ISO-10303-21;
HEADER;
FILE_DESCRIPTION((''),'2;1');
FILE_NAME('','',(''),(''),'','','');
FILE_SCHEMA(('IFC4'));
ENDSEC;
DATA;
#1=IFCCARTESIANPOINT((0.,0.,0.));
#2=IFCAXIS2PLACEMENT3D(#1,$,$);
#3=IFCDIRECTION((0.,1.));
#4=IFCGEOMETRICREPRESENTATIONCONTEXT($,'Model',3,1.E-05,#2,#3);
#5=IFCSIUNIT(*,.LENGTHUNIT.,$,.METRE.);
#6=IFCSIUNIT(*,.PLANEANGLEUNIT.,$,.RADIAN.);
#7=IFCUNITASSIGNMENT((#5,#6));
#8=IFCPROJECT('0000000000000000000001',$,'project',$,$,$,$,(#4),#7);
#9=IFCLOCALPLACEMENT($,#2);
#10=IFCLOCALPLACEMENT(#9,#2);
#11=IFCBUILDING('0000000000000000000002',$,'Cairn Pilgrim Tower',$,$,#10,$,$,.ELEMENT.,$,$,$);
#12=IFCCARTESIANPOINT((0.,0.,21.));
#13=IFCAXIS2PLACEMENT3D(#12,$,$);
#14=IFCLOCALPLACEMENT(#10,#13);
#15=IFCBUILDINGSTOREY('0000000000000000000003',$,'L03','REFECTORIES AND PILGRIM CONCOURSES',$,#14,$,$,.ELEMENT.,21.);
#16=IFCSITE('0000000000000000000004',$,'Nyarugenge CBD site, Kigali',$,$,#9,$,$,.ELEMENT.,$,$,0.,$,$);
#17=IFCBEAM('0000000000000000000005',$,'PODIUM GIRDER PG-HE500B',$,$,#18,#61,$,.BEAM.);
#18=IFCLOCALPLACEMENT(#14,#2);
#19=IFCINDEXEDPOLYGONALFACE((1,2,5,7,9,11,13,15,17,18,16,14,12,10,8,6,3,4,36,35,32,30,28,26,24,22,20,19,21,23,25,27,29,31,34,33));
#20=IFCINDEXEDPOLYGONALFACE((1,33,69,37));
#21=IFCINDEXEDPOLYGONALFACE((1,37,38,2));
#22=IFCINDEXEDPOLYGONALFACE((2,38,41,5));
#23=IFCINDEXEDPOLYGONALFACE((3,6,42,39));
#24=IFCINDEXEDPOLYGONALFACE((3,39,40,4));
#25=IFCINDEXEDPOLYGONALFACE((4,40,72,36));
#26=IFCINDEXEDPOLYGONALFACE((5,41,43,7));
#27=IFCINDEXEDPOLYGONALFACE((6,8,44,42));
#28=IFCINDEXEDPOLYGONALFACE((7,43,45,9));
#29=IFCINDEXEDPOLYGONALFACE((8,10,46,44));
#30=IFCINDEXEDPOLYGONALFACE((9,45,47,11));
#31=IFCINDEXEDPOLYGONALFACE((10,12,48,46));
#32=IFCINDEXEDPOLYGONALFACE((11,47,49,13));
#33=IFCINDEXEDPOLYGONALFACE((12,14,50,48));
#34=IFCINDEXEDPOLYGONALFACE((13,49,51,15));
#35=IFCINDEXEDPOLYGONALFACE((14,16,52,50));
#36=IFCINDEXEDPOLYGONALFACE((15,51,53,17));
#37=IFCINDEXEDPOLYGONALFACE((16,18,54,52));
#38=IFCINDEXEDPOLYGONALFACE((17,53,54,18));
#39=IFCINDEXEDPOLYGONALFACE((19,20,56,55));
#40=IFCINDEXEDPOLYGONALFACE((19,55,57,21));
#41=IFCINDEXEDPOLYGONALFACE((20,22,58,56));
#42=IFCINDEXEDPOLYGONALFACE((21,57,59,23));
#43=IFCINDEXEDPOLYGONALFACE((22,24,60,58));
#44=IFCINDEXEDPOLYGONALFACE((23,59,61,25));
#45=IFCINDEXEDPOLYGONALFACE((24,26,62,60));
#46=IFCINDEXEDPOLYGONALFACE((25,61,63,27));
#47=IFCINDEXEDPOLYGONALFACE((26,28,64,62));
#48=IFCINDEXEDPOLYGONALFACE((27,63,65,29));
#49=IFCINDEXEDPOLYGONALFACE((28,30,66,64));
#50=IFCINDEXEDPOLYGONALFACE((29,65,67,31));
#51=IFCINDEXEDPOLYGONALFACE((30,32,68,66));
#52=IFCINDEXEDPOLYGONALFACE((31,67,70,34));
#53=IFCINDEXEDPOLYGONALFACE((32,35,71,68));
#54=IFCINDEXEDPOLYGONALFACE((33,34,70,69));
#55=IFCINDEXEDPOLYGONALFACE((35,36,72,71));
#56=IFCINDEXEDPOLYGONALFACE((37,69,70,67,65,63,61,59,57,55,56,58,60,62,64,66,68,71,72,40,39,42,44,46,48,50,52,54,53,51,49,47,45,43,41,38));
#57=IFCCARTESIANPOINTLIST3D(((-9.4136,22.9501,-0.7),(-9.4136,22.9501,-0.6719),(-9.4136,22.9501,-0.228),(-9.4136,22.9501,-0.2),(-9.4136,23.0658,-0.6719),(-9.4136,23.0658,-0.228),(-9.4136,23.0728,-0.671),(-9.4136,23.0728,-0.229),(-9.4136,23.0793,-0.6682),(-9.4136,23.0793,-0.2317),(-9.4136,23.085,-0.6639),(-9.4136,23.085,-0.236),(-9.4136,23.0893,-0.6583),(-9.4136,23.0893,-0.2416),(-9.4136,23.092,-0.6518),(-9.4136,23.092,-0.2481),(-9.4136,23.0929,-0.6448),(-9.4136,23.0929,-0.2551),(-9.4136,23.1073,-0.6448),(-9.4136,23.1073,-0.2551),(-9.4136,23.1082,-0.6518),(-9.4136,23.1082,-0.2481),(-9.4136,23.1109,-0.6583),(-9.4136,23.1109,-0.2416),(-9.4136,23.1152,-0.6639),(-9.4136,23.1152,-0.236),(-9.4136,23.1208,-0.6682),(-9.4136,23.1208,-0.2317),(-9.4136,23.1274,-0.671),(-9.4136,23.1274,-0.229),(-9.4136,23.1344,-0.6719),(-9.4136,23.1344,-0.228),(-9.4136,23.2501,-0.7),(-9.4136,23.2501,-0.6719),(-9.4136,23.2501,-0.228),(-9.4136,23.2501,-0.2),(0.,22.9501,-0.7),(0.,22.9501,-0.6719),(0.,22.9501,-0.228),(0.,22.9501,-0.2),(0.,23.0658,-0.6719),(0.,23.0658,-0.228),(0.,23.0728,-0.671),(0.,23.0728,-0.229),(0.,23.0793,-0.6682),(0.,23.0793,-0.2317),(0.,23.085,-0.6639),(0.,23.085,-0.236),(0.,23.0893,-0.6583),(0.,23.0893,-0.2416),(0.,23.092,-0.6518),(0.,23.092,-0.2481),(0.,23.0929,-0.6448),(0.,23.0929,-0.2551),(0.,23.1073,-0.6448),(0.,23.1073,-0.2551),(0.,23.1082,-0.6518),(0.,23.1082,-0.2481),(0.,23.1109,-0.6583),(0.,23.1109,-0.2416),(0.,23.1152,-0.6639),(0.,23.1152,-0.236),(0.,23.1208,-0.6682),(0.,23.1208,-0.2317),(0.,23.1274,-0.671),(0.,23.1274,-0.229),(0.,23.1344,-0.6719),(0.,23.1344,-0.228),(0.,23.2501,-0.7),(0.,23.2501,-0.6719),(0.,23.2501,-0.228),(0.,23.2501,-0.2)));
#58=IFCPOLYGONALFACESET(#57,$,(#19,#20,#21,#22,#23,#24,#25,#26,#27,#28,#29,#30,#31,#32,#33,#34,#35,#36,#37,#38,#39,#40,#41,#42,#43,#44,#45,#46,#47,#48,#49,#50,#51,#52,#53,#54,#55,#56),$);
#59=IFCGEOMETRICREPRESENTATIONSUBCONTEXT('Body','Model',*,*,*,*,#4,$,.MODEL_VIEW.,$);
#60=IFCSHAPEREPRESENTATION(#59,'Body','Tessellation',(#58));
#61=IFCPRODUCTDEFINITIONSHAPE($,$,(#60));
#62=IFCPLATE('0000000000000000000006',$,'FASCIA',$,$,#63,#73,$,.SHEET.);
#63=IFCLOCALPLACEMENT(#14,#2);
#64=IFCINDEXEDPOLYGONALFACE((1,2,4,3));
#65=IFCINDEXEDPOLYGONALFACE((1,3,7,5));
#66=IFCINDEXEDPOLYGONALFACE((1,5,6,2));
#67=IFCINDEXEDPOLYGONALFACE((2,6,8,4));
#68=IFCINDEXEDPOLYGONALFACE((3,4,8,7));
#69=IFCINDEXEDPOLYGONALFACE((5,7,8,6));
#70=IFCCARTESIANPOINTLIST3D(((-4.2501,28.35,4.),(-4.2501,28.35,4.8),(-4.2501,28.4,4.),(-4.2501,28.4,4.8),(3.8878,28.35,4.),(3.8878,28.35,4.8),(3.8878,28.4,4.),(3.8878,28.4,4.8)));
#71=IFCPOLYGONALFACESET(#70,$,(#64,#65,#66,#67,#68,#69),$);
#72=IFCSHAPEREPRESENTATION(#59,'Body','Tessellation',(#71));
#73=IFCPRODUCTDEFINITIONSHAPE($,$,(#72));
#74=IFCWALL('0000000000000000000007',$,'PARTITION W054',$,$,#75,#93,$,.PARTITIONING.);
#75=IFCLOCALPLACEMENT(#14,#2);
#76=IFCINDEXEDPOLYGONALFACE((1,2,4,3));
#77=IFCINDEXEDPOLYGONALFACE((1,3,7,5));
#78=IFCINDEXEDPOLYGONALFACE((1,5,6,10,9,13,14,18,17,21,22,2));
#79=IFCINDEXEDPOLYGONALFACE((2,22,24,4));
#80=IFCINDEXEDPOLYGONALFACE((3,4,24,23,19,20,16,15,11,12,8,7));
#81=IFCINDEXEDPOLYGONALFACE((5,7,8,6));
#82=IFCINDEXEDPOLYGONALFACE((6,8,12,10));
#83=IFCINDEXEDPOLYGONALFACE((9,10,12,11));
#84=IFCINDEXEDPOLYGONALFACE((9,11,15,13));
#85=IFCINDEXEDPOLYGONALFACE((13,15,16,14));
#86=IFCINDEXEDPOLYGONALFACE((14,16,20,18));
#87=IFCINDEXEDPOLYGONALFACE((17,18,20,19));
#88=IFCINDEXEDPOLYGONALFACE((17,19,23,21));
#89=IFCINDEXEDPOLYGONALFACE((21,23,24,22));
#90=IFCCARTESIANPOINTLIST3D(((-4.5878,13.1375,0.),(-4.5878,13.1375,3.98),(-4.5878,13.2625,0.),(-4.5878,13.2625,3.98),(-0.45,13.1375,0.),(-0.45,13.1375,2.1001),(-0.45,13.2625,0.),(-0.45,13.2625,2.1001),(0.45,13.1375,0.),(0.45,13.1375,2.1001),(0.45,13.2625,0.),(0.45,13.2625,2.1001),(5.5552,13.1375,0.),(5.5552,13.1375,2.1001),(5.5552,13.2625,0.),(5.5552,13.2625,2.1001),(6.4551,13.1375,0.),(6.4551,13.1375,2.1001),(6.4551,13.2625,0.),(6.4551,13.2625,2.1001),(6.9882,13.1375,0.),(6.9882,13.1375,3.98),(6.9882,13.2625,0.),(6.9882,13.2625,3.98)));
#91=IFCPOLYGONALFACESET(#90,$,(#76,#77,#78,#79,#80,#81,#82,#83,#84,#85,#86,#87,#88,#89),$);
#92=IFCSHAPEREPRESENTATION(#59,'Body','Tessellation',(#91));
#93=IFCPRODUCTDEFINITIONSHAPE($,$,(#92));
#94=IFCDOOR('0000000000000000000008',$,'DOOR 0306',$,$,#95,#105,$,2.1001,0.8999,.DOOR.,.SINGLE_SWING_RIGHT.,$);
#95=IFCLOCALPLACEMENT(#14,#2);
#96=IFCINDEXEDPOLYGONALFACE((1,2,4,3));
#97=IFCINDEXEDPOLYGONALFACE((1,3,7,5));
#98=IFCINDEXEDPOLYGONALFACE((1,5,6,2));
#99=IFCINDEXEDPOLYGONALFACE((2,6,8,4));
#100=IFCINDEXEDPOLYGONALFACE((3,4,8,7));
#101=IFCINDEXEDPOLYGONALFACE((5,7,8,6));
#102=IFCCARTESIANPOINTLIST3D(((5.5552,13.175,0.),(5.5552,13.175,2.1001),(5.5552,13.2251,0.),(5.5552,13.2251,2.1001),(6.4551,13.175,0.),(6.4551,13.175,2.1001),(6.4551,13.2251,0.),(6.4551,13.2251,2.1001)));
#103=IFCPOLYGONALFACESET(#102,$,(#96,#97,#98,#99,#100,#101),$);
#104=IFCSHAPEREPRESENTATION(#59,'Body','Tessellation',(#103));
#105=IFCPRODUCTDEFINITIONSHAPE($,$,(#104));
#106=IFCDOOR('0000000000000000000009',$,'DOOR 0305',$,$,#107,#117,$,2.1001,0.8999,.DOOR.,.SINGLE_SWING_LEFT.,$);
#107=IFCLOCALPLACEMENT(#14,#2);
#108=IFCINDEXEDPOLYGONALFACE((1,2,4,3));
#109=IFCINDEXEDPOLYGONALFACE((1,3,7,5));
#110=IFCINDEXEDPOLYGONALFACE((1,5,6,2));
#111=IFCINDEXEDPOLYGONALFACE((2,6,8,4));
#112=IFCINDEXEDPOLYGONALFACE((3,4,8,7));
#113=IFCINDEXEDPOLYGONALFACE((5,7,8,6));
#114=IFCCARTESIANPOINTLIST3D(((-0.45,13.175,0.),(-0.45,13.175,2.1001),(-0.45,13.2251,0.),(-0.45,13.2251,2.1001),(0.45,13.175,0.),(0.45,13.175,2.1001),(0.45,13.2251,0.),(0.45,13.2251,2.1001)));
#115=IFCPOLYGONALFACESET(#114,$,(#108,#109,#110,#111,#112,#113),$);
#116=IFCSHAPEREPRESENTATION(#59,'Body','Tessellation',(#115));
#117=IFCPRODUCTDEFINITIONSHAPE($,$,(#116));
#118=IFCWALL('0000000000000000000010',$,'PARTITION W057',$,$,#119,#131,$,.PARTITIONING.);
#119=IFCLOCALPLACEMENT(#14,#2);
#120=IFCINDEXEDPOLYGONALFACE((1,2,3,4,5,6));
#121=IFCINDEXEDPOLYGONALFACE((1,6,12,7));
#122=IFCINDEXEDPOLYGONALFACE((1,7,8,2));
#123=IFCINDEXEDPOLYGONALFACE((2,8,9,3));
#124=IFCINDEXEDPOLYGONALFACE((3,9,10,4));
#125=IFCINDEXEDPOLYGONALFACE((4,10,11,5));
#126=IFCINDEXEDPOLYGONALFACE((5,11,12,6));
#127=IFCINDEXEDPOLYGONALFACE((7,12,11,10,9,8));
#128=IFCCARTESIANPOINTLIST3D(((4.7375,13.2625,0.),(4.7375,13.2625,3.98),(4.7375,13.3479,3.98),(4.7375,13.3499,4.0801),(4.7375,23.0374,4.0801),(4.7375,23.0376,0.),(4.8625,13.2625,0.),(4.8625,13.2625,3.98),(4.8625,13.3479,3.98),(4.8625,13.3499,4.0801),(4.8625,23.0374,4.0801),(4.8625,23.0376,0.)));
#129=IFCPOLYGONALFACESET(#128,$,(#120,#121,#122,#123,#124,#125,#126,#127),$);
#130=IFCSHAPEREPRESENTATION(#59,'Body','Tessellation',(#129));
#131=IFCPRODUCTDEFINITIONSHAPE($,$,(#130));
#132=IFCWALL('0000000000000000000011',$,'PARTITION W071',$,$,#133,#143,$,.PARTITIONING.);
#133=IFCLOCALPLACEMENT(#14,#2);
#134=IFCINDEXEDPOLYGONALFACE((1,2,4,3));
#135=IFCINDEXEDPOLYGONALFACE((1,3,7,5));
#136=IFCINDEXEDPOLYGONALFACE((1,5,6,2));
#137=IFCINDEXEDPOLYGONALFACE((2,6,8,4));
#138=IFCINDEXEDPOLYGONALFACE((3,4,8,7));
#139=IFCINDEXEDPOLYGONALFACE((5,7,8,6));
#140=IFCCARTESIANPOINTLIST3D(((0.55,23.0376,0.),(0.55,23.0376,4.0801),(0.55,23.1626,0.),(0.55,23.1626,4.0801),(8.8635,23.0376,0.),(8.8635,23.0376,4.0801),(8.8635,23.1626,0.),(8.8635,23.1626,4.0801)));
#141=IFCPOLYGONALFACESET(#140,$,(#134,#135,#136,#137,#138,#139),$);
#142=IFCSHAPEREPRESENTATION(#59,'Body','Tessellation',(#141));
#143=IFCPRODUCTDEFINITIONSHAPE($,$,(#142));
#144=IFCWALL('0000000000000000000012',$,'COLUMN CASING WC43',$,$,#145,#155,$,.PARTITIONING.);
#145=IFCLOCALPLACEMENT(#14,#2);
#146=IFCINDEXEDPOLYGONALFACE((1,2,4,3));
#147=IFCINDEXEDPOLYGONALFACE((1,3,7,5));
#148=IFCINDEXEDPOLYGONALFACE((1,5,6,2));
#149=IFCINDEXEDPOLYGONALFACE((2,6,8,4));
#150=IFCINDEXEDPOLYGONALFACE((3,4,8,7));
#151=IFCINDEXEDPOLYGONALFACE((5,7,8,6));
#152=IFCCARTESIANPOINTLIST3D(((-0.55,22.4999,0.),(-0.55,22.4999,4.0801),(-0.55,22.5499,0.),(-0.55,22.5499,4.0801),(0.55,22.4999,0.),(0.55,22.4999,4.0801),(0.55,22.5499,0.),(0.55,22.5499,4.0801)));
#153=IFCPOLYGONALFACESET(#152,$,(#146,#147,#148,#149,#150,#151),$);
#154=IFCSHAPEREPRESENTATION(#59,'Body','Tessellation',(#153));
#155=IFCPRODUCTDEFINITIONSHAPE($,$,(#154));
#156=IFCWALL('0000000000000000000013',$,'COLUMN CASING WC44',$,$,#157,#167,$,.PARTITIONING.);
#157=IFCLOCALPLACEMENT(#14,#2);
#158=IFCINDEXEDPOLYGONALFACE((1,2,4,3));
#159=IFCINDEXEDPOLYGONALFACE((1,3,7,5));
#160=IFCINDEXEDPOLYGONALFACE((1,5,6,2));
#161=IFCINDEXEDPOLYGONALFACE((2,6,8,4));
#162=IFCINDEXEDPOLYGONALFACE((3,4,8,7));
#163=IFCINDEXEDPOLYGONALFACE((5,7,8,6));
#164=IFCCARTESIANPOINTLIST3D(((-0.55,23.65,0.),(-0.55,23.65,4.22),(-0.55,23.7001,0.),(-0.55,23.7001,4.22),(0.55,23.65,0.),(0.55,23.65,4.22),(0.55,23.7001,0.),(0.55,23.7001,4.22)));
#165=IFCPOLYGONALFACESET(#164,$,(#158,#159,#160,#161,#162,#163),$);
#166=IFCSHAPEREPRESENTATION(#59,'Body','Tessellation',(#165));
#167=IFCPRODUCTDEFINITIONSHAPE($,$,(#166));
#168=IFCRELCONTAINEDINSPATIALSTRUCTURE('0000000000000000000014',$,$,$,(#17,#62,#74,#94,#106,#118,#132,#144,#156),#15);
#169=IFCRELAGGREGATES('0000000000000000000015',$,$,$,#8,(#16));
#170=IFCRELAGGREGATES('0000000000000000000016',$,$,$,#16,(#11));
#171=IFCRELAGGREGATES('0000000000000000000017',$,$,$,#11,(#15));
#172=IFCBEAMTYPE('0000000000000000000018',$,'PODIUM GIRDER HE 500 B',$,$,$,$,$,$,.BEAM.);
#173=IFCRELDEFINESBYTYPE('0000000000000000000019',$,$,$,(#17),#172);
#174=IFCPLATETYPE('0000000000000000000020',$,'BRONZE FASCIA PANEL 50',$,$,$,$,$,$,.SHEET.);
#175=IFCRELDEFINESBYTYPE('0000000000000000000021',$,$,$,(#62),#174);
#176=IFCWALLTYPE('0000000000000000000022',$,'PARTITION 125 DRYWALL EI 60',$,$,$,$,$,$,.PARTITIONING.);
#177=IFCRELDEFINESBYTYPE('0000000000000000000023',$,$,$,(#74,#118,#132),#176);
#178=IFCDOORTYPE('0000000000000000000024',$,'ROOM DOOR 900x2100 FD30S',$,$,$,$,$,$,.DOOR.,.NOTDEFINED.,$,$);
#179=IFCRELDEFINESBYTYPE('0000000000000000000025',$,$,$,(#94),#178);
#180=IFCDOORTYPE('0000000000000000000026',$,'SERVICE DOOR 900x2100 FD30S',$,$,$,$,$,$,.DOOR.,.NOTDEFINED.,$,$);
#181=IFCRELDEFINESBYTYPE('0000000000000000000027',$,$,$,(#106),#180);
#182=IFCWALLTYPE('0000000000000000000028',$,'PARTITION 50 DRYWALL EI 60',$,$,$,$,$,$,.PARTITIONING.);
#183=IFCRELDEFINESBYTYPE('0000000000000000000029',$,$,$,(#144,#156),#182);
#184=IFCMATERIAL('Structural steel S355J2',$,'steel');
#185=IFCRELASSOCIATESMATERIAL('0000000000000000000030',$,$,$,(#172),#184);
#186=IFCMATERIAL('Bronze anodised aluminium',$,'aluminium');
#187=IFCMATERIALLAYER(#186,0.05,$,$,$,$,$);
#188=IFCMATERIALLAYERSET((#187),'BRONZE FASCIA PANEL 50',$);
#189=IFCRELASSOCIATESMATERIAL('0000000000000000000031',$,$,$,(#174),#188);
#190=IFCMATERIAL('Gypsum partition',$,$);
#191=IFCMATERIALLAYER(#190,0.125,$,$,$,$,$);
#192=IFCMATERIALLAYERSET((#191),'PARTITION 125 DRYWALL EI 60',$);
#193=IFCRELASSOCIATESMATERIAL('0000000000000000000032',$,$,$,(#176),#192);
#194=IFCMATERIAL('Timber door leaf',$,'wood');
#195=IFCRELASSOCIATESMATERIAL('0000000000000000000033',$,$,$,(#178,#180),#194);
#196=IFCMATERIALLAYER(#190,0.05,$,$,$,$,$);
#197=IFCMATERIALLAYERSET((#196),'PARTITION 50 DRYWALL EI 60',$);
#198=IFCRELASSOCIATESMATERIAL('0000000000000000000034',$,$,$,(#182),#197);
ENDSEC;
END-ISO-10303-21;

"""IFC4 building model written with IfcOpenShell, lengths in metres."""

from ifc_helpers import new_model, si_unit, direction, frame, frame_2d, origin, origin_2d, place, context, subcontext, project, spatial, polyline, rectangle, i_section, outline, extrude, material, layer, layer_set, material_profile, profile_set, type_object, element, fill, save


model = new_model("IFC4")

# Units and contexts
model_context = context("Model", 3, precision=1e-05, world=origin(), true_north=direction((0.0, 1.0)))
body_context = subcontext(model_context, "Body", "Model", "MODEL_VIEW")
ifc_project = project(units=[si_unit("LENGTHUNIT", "METRE"), si_unit("PLANEANGLEUNIT", "RADIAN")], contexts=[model_context])

# Site, building, storey
site_placement = place(None, origin())
site = spatial("IfcSite", under=ifc_project, at=site_placement, Name="Nyarugenge CBD site, Kigali", CompositionType="ELEMENT", RefElevation=0.0)
building_placement = place(site_placement, origin())
building = spatial("IfcBuilding", under=site, at=building_placement, Name="Cairn Pilgrim Tower", CompositionType="ELEMENT")
storey_placement = place(building_placement, frame((0.0, 0.0, 21.0)))
storey = spatial("IfcBuildingStorey", under=building, at=storey_placement, Name="L03", Description="REFECTORIES AND PILGRIM CONCOURSES", CompositionType="ELEMENT", Elevation=21.0)

# Beam
ifc_material_1 = material(Name="Structural steel S355J2", Category="steel")
ifc_material_profile_1 = material_profile(ifc_material_1, i_section(OverallWidth=0.3, OverallDepth=0.5, WebThickness=0.0144, FlangeThickness=0.0281, FilletRadius=0.0271, at=origin_2d()), Name="HEB 500")
ifc_profile_set_1 = profile_set([ifc_material_profile_1], Name="Structural steel S355J2")
beam_type_1 = type_object("IfcBeamType", Name="PODIUM GIRDER HE 500 B", PredefinedType="BEAM", material=ifc_profile_set_1)
beam_1_placement = place(storey_placement, frame((0.0, 23.1001, -0.45), z_axis=(-1.0, 0.0, 0.0), x_axis=(0.0, -1.0, 0.0)))
element("IfcBeam", 1, at=beam_1_placement, inside=storey, type_object=beam_type_1, Name="PODIUM GIRDER PG-HE500B", PredefinedType="BEAM", context=body_context, shape_type="SweptSolid", body=[
    extrude(i_section(OverallWidth=0.3, OverallDepth=0.5, WebThickness=0.0144, FlangeThickness=0.0281, FilletRadius=0.0271, at=origin_2d()), origin(), (0.0, 0.0, 1.0), 9.4136),
])

# Plate
ifc_material_2 = material(Name="Bronze anodised aluminium", Category="aluminium")
ifc_layer_1 = layer(ifc_material_2, 0.05)
ifc_layer_set_1 = layer_set([ifc_layer_1], Name="BRONZE FASCIA PANEL 50")
plate_type = type_object("IfcPlateType", Name="BRONZE FASCIA PANEL 50", PredefinedType="SHEET", material=ifc_layer_set_1)
plate_placement = place(storey_placement, frame((-0.1812, 28.375, 4.0), z_axis=(0.0, 0.0, 1.0), x_axis=(-1.0, 0.0, 0.0)))
element("IfcPlate", 2, at=plate_placement, inside=storey, type_object=plate_type, Name="FASCIA", PredefinedType="SHEET", context=body_context, shape_type="SweptSolid", body=[
    extrude(rectangle(XDim=8.1379, YDim=0.05, at=origin_2d()), origin(), (0.0, 0.0, 1.0), 0.8),
])

# Wall, openings, doors
ifc_material_3 = material(Name="Gypsum partition")
ifc_layer_2 = layer(ifc_material_3, 0.125)
ifc_layer_set_2 = layer_set([ifc_layer_2], Name="PARTITION 125 DRYWALL EI 60")
wall_type_1 = type_object("IfcWallType", Name="PARTITION 125 DRYWALL EI 60", PredefinedType="PARTITIONING", material=ifc_layer_set_2)
wall_1_placement = place(storey_placement, frame((-4.5879, 13.2, 0.0), z_axis=(0.0, 0.0, 1.0), x_axis=(1.0, 0.0, 0.0)))
wall_1 = element("IfcWall", 3, at=wall_1_placement, inside=storey, type_object=wall_type_1, Name="PARTITION W054", PredefinedType="PARTITIONING", context=body_context, shape_type="SweptSolid", body=[
    extrude(rectangle(XDim=11.5759, YDim=0.125, at=frame_2d((5.7881, 0.0))), origin(), (0.0, 0.0, 1.0), 3.98),
])
opening_1_placement = place(wall_1_placement, frame((4.1379, 0.0, 0.0)))
opening_1 = element("IfcOpeningElement", 4, at=opening_1_placement, cuts=wall_1, PredefinedType="OPENING", context=body_context, shape_type="SweptSolid", body=[
    extrude(rectangle(XDim=0.8999, YDim=2.1001, at=frame_2d((0.45, 1.05))), frame((0.0, 0.0725, 0.0), z_axis=(0.0, -1.0, 0.0), x_axis=(1.0, 0.0, 0.0)), (0.0, 0.0, 1.0), 0.145),
])
opening_2_placement = place(wall_1_placement, frame((10.1431, 0.0, 0.0)))
opening_2 = element("IfcOpeningElement", 5, at=opening_2_placement, cuts=wall_1, PredefinedType="OPENING", context=body_context, shape_type="SweptSolid", body=[
    extrude(rectangle(XDim=0.8999, YDim=2.1001, at=frame_2d((0.45, 1.05))), frame((0.0, 0.0725, 0.0), z_axis=(0.0, -1.0, 0.0), x_axis=(1.0, 0.0, 0.0)), (0.0, 0.0, 1.0), 0.145),
])
ifc_material_4 = material(Name="Timber door leaf", Category="wood")
door_type_1 = type_object("IfcDoorType", Name="ROOM DOOR 900x2100 FD30S", OperationType="NOTDEFINED", PredefinedType="DOOR", material=ifc_material_4)
door_1_placement = place(opening_2_placement, frame((0.8999, 0.0, 0.0), z_axis=(0.0, 0.0, 1.0), x_axis=(-1.0, 0.0, 0.0)))
door_1 = element("IfcDoor", 6, at=door_1_placement, inside=storey, type_object=door_type_1, Name="DOOR 0306", OperationType="SINGLE_SWING_RIGHT", OverallHeight=2.1001, OverallWidth=0.8999, PredefinedType="DOOR", context=body_context, shape_type="SweptSolid", body=[
    extrude(rectangle(XDim=0.8999, YDim=2.1001, at=frame_2d((0.45, 1.05))), frame((0.0, 0.0249, 0.0), z_axis=(0.0, -1.0, 0.0), x_axis=(1.0, 0.0, 0.0)), (0.0, 0.0, 1.0), 0.05),
])
fill(opening_2, door_1)
door_type_2 = type_object("IfcDoorType", Name="SERVICE DOOR 900x2100 FD30S", OperationType="NOTDEFINED", PredefinedType="DOOR", material=ifc_material_4)
door_2_placement = place(opening_1_placement, frame((0.8999, 0.0, 0.0), z_axis=(0.0, 0.0, 1.0), x_axis=(-1.0, 0.0, 0.0)))
door_2 = element("IfcDoor", 7, at=door_2_placement, inside=storey, type_object=door_type_2, Name="DOOR 0305", OperationType="SINGLE_SWING_LEFT", OverallHeight=2.1001, OverallWidth=0.8999, PredefinedType="DOOR", context=body_context, shape_type="SweptSolid", body=[
    extrude(rectangle(XDim=0.8999, YDim=2.1001, at=frame_2d((0.45, 1.05))), frame((0.0, 0.0249, 0.0), z_axis=(0.0, -1.0, 0.0), x_axis=(1.0, 0.0, 0.0)), (0.0, 0.0, 1.0), 0.05),
])
fill(opening_1, door_2)

# Walls
wall_2_placement = place(storey_placement, frame((4.8, 13.2625, 0.0), z_axis=(0.0, 0.0, 1.0), x_axis=(0.0, 1.0, 0.0)))
element("IfcWall", 8, at=wall_2_placement, inside=storey, type_object=wall_type_1, Name="PARTITION W057", PredefinedType="PARTITIONING", context=body_context, shape_type="SweptSolid", body=[
    extrude(outline(polyline([(0.0, 0.0), (9.7751, 0.0), (9.7749, 4.0801), (0.0874, 4.0801), (0.0854, 3.98), (0.0, 3.98), (0.0, 0.0)])), frame((0.0, 0.0625, 0.0), z_axis=(0.0, -1.0, 0.0), x_axis=(1.0, 0.0, 0.0)), (0.0, 0.0, 1.0), 0.125),
])
wall_3_placement = place(storey_placement, frame((0.55, 23.1001, 0.0), z_axis=(0.0, 0.0, 1.0), x_axis=(1.0, 0.0, 0.0)))
element("IfcWall", 9, at=wall_3_placement, inside=storey, type_object=wall_type_1, Name="PARTITION W071", PredefinedType="PARTITIONING", context=body_context, shape_type="SweptSolid", body=[
    extrude(rectangle(XDim=8.3135, YDim=0.125, at=frame_2d((4.1567, 0.0))), origin(), (0.0, 0.0, 1.0), 4.0801),
])
ifc_layer_3 = layer(ifc_material_3, 0.05)
ifc_layer_set_3 = layer_set([ifc_layer_3], Name="PARTITION 50 DRYWALL EI 60")
wall_type_2 = type_object("IfcWallType", Name="PARTITION 50 DRYWALL EI 60", PredefinedType="PARTITIONING", material=ifc_layer_set_3)
wall_4_placement = place(storey_placement, frame((-0.55, 22.5249, 0.0), z_axis=(0.0, 0.0, 1.0), x_axis=(1.0, 0.0, 0.0)))
element("IfcWall", 10, at=wall_4_placement, inside=storey, type_object=wall_type_2, Name="COLUMN CASING WC43", PredefinedType="PARTITIONING", context=body_context, shape_type="SweptSolid", body=[
    extrude(rectangle(XDim=1.1001, YDim=0.05, at=frame_2d((0.55, 0.0))), origin(), (0.0, 0.0, 1.0), 4.0801),
])
wall_5_placement = place(storey_placement, frame((-0.55, 23.675, 0.0), z_axis=(0.0, 0.0, 1.0), x_axis=(1.0, 0.0, 0.0)))
element("IfcWall", 11, at=wall_5_placement, inside=storey, type_object=wall_type_2, Name="COLUMN CASING WC44", PredefinedType="PARTITIONING", context=body_context, shape_type="SweptSolid", body=[
    extrude(rectangle(XDim=1.1001, YDim=0.05, at=frame_2d((0.55, 0.0))), origin(), (0.0, 0.0, 1.0), 4.22),
])

save(model, "model.ifc")
